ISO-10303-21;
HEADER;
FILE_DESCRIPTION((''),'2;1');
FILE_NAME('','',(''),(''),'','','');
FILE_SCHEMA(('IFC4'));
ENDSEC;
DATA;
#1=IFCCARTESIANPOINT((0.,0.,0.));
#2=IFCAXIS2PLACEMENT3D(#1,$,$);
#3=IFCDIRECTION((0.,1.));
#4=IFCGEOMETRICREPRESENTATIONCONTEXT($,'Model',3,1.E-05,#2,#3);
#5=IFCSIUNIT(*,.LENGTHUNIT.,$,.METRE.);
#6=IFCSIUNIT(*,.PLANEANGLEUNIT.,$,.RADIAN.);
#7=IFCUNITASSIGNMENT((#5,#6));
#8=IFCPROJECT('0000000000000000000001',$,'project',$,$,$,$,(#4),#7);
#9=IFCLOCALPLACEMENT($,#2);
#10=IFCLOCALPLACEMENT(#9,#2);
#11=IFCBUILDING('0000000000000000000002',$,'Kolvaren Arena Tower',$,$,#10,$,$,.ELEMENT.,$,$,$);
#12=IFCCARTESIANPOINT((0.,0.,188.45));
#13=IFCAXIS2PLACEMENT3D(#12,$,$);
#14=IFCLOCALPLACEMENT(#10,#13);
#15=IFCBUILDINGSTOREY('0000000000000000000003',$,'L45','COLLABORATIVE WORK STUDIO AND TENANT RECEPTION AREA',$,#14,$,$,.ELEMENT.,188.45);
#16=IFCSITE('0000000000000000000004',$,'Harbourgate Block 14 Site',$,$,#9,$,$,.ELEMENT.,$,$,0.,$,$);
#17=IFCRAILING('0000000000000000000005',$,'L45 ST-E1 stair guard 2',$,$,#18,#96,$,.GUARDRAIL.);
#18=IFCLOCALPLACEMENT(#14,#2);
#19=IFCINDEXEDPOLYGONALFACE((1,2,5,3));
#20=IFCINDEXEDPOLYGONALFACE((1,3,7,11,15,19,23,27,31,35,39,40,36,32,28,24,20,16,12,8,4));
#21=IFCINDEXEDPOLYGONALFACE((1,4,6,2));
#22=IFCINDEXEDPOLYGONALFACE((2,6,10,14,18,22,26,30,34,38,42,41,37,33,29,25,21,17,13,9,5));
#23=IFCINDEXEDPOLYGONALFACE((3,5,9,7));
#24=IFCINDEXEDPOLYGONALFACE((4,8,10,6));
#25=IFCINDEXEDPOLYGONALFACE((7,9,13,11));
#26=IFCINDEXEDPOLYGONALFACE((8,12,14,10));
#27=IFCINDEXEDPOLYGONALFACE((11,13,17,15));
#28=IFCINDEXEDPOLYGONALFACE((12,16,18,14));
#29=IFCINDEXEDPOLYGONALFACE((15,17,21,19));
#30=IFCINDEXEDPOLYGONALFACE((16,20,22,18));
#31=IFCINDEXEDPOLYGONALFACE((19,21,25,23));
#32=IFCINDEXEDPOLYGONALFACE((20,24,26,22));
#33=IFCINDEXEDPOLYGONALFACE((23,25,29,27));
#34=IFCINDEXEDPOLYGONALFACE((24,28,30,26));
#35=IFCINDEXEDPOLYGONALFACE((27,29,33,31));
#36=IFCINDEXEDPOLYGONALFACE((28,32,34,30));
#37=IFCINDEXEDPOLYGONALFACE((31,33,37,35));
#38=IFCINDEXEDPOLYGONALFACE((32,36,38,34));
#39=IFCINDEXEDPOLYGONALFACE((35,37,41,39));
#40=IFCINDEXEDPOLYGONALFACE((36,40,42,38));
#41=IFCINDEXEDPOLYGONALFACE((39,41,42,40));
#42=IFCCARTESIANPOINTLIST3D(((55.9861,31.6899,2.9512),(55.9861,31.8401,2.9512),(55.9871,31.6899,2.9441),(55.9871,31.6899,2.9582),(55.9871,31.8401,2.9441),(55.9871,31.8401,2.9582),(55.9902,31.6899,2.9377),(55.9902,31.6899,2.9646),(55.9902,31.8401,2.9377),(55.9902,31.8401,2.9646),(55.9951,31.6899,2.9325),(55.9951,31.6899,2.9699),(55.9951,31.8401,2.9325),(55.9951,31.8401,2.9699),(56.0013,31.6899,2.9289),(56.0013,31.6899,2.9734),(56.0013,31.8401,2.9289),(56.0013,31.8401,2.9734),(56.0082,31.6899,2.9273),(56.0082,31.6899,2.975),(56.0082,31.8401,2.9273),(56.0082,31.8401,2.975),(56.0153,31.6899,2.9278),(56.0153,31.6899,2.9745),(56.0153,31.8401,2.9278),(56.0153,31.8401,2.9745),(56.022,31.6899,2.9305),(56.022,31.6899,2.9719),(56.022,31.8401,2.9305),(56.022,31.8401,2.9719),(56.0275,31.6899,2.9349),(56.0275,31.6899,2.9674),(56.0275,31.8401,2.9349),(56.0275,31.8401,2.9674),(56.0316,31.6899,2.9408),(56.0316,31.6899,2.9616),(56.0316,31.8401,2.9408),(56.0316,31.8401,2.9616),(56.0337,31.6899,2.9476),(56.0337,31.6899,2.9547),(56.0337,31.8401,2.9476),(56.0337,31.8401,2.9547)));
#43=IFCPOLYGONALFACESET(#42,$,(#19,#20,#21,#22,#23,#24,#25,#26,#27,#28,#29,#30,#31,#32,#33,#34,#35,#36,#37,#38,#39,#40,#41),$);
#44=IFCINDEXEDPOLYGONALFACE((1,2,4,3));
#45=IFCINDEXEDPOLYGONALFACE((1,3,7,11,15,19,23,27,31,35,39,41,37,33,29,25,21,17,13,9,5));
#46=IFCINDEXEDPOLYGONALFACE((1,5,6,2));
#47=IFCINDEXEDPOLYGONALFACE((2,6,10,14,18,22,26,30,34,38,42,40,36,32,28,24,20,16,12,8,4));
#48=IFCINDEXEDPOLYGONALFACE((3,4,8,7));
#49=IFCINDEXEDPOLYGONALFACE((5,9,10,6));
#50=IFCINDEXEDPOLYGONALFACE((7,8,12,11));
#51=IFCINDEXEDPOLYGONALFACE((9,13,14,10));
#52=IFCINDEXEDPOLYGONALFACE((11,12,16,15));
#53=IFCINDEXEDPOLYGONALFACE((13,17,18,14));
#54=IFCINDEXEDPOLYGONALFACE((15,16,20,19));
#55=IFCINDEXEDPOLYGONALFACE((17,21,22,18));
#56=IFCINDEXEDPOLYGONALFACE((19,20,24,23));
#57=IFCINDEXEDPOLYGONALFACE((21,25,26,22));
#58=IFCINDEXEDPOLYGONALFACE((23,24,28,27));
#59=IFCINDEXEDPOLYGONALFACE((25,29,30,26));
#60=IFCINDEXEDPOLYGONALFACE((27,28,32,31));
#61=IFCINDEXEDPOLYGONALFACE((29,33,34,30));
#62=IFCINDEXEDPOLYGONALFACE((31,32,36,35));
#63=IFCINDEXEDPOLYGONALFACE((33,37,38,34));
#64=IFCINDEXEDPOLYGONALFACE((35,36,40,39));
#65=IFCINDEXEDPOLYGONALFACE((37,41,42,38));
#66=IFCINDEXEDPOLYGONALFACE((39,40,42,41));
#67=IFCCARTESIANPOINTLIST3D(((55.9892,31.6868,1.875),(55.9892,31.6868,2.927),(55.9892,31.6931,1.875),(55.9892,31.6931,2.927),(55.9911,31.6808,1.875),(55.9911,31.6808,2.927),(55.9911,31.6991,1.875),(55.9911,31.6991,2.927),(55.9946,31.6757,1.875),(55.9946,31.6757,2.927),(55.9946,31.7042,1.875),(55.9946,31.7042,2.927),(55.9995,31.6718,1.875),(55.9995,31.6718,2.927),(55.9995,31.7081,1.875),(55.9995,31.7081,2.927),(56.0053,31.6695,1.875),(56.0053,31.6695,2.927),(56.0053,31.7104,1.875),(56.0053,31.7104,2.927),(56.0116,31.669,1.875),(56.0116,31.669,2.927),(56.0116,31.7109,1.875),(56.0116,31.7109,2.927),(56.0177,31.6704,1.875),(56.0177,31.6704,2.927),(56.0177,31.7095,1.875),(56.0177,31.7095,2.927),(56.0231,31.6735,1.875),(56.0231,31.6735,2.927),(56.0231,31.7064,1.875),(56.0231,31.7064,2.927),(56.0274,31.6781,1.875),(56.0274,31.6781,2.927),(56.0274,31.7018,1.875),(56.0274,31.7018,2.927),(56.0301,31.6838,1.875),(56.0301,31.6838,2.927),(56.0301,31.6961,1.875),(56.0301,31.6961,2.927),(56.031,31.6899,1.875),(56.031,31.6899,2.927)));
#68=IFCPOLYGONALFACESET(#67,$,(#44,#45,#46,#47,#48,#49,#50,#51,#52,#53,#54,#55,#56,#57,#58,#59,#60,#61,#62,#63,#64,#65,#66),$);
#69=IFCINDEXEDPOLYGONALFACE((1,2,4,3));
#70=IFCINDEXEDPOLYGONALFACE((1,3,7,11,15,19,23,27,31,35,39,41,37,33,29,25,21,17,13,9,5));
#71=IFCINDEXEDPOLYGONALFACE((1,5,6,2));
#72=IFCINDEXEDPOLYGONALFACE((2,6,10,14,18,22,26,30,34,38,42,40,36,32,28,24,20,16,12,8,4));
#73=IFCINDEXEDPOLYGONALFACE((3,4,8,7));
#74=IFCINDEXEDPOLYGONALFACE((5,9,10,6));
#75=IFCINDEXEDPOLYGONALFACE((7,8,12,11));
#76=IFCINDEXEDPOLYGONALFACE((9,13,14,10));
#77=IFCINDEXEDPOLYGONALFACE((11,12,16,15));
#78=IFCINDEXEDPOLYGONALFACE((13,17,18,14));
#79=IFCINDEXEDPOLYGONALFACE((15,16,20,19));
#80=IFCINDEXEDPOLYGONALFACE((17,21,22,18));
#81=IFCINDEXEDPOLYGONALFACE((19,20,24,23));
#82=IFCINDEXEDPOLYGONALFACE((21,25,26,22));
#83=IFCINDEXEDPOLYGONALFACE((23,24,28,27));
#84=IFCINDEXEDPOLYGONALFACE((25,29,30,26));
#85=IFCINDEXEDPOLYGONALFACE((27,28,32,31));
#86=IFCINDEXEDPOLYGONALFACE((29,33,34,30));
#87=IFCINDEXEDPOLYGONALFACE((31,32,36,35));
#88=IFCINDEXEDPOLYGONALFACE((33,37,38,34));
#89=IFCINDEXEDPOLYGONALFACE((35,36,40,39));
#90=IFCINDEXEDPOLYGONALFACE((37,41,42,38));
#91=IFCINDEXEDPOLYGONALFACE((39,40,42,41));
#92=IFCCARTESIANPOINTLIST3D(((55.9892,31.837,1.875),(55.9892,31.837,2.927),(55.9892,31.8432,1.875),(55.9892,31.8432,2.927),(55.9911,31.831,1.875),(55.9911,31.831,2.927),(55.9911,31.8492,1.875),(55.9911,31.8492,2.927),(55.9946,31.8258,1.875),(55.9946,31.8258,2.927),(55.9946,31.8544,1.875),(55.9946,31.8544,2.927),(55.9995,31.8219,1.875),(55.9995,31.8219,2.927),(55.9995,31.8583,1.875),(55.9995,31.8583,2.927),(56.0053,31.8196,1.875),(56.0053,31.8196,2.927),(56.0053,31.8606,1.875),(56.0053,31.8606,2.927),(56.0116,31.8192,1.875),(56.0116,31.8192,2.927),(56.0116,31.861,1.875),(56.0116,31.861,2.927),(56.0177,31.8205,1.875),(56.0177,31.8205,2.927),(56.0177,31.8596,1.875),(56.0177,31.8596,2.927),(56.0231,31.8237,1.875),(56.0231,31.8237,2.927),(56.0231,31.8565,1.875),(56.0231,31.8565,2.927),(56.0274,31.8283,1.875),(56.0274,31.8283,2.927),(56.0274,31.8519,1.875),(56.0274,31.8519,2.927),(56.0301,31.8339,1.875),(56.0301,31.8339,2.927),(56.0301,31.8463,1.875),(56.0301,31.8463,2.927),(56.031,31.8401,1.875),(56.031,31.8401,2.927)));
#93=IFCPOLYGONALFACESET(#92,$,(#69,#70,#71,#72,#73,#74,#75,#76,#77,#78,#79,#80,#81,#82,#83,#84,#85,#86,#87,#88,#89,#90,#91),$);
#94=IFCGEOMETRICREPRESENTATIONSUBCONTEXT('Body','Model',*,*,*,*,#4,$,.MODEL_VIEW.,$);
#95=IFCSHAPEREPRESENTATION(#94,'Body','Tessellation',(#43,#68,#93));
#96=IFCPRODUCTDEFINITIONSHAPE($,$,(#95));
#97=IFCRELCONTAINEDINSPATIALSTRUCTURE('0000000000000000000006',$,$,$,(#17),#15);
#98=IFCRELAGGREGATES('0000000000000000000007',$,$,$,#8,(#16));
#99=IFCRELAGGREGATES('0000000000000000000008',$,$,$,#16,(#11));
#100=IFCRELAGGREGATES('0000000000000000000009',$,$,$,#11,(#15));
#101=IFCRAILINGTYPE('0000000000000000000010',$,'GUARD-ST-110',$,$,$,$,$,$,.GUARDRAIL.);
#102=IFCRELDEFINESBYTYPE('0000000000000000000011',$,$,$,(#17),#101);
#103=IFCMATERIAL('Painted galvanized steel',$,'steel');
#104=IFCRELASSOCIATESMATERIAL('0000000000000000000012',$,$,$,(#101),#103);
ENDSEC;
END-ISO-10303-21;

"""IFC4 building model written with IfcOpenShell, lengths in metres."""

from ifc_helpers import new_model, si_unit, direction, frame, origin, origin_2d, place, context, subcontext, project, spatial, circle, extrude, material, type_object, element, save


model = new_model("IFC4")

# Units and contexts
model_context = context("Model", 3, precision=1e-05, world=origin(), true_north=direction((0.0, 1.0)))
body_context = subcontext(model_context, "Body", "Model", "MODEL_VIEW")
ifc_project = project(units=[si_unit("LENGTHUNIT", "METRE"), si_unit("PLANEANGLEUNIT", "RADIAN")], contexts=[model_context])

# Site, building, storey
site_placement = place(None, origin())
site = spatial("IfcSite", under=ifc_project, at=site_placement, Name="Harbourgate Block 14 Site", CompositionType="ELEMENT", RefElevation=0.0)
building_placement = place(site_placement, origin())
building = spatial("IfcBuilding", under=site, at=building_placement, Name="Kolvaren Arena Tower", CompositionType="ELEMENT")
storey_placement = place(building_placement, frame((0.0, 0.0, 188.45)))
storey = spatial("IfcBuildingStorey", under=building, at=storey_placement, Name="L45", Description="COLLABORATIVE WORK STUDIO AND TENANT RECEPTION AREA", CompositionType="ELEMENT", Elevation=188.45)

# Railing
ifc_material_1 = material(Name="Painted galvanized steel", Category="steel")
railing_type_1 = type_object("IfcRailingType", Name="GUARD-ST-110", PredefinedType="GUARDRAIL", material=ifc_material_1)
railing_1_placement = place(storey_placement, frame((56.01, 31.6899, 1.875)))
element("IfcRailing", 1, at=railing_1_placement, inside=storey, type_object=railing_type_1, Name="L45 ST-E1 stair guard 2", PredefinedType="GUARDRAIL", context=body_context, shape_type="SweptSolid", body=[
    extrude(circle(Radius=0.0239, at=origin_2d()), frame((0.0, 0.0, 1.0762), z_axis=(0.0, 1.0, 0.0), x_axis=(-1.0, 0.0, 0.0)), (0.0, 0.0, 1.0), 0.1501),
    extrude(circle(Radius=0.021, at=origin_2d()), origin(), (0.0, 0.0, 1.0), 1.052),
    extrude(circle(Radius=0.021, at=origin_2d()), frame((0.0, 0.1501, 0.0)), (0.0, 0.0, 1.0), 1.052),
])

save(model, "model.ifc")
